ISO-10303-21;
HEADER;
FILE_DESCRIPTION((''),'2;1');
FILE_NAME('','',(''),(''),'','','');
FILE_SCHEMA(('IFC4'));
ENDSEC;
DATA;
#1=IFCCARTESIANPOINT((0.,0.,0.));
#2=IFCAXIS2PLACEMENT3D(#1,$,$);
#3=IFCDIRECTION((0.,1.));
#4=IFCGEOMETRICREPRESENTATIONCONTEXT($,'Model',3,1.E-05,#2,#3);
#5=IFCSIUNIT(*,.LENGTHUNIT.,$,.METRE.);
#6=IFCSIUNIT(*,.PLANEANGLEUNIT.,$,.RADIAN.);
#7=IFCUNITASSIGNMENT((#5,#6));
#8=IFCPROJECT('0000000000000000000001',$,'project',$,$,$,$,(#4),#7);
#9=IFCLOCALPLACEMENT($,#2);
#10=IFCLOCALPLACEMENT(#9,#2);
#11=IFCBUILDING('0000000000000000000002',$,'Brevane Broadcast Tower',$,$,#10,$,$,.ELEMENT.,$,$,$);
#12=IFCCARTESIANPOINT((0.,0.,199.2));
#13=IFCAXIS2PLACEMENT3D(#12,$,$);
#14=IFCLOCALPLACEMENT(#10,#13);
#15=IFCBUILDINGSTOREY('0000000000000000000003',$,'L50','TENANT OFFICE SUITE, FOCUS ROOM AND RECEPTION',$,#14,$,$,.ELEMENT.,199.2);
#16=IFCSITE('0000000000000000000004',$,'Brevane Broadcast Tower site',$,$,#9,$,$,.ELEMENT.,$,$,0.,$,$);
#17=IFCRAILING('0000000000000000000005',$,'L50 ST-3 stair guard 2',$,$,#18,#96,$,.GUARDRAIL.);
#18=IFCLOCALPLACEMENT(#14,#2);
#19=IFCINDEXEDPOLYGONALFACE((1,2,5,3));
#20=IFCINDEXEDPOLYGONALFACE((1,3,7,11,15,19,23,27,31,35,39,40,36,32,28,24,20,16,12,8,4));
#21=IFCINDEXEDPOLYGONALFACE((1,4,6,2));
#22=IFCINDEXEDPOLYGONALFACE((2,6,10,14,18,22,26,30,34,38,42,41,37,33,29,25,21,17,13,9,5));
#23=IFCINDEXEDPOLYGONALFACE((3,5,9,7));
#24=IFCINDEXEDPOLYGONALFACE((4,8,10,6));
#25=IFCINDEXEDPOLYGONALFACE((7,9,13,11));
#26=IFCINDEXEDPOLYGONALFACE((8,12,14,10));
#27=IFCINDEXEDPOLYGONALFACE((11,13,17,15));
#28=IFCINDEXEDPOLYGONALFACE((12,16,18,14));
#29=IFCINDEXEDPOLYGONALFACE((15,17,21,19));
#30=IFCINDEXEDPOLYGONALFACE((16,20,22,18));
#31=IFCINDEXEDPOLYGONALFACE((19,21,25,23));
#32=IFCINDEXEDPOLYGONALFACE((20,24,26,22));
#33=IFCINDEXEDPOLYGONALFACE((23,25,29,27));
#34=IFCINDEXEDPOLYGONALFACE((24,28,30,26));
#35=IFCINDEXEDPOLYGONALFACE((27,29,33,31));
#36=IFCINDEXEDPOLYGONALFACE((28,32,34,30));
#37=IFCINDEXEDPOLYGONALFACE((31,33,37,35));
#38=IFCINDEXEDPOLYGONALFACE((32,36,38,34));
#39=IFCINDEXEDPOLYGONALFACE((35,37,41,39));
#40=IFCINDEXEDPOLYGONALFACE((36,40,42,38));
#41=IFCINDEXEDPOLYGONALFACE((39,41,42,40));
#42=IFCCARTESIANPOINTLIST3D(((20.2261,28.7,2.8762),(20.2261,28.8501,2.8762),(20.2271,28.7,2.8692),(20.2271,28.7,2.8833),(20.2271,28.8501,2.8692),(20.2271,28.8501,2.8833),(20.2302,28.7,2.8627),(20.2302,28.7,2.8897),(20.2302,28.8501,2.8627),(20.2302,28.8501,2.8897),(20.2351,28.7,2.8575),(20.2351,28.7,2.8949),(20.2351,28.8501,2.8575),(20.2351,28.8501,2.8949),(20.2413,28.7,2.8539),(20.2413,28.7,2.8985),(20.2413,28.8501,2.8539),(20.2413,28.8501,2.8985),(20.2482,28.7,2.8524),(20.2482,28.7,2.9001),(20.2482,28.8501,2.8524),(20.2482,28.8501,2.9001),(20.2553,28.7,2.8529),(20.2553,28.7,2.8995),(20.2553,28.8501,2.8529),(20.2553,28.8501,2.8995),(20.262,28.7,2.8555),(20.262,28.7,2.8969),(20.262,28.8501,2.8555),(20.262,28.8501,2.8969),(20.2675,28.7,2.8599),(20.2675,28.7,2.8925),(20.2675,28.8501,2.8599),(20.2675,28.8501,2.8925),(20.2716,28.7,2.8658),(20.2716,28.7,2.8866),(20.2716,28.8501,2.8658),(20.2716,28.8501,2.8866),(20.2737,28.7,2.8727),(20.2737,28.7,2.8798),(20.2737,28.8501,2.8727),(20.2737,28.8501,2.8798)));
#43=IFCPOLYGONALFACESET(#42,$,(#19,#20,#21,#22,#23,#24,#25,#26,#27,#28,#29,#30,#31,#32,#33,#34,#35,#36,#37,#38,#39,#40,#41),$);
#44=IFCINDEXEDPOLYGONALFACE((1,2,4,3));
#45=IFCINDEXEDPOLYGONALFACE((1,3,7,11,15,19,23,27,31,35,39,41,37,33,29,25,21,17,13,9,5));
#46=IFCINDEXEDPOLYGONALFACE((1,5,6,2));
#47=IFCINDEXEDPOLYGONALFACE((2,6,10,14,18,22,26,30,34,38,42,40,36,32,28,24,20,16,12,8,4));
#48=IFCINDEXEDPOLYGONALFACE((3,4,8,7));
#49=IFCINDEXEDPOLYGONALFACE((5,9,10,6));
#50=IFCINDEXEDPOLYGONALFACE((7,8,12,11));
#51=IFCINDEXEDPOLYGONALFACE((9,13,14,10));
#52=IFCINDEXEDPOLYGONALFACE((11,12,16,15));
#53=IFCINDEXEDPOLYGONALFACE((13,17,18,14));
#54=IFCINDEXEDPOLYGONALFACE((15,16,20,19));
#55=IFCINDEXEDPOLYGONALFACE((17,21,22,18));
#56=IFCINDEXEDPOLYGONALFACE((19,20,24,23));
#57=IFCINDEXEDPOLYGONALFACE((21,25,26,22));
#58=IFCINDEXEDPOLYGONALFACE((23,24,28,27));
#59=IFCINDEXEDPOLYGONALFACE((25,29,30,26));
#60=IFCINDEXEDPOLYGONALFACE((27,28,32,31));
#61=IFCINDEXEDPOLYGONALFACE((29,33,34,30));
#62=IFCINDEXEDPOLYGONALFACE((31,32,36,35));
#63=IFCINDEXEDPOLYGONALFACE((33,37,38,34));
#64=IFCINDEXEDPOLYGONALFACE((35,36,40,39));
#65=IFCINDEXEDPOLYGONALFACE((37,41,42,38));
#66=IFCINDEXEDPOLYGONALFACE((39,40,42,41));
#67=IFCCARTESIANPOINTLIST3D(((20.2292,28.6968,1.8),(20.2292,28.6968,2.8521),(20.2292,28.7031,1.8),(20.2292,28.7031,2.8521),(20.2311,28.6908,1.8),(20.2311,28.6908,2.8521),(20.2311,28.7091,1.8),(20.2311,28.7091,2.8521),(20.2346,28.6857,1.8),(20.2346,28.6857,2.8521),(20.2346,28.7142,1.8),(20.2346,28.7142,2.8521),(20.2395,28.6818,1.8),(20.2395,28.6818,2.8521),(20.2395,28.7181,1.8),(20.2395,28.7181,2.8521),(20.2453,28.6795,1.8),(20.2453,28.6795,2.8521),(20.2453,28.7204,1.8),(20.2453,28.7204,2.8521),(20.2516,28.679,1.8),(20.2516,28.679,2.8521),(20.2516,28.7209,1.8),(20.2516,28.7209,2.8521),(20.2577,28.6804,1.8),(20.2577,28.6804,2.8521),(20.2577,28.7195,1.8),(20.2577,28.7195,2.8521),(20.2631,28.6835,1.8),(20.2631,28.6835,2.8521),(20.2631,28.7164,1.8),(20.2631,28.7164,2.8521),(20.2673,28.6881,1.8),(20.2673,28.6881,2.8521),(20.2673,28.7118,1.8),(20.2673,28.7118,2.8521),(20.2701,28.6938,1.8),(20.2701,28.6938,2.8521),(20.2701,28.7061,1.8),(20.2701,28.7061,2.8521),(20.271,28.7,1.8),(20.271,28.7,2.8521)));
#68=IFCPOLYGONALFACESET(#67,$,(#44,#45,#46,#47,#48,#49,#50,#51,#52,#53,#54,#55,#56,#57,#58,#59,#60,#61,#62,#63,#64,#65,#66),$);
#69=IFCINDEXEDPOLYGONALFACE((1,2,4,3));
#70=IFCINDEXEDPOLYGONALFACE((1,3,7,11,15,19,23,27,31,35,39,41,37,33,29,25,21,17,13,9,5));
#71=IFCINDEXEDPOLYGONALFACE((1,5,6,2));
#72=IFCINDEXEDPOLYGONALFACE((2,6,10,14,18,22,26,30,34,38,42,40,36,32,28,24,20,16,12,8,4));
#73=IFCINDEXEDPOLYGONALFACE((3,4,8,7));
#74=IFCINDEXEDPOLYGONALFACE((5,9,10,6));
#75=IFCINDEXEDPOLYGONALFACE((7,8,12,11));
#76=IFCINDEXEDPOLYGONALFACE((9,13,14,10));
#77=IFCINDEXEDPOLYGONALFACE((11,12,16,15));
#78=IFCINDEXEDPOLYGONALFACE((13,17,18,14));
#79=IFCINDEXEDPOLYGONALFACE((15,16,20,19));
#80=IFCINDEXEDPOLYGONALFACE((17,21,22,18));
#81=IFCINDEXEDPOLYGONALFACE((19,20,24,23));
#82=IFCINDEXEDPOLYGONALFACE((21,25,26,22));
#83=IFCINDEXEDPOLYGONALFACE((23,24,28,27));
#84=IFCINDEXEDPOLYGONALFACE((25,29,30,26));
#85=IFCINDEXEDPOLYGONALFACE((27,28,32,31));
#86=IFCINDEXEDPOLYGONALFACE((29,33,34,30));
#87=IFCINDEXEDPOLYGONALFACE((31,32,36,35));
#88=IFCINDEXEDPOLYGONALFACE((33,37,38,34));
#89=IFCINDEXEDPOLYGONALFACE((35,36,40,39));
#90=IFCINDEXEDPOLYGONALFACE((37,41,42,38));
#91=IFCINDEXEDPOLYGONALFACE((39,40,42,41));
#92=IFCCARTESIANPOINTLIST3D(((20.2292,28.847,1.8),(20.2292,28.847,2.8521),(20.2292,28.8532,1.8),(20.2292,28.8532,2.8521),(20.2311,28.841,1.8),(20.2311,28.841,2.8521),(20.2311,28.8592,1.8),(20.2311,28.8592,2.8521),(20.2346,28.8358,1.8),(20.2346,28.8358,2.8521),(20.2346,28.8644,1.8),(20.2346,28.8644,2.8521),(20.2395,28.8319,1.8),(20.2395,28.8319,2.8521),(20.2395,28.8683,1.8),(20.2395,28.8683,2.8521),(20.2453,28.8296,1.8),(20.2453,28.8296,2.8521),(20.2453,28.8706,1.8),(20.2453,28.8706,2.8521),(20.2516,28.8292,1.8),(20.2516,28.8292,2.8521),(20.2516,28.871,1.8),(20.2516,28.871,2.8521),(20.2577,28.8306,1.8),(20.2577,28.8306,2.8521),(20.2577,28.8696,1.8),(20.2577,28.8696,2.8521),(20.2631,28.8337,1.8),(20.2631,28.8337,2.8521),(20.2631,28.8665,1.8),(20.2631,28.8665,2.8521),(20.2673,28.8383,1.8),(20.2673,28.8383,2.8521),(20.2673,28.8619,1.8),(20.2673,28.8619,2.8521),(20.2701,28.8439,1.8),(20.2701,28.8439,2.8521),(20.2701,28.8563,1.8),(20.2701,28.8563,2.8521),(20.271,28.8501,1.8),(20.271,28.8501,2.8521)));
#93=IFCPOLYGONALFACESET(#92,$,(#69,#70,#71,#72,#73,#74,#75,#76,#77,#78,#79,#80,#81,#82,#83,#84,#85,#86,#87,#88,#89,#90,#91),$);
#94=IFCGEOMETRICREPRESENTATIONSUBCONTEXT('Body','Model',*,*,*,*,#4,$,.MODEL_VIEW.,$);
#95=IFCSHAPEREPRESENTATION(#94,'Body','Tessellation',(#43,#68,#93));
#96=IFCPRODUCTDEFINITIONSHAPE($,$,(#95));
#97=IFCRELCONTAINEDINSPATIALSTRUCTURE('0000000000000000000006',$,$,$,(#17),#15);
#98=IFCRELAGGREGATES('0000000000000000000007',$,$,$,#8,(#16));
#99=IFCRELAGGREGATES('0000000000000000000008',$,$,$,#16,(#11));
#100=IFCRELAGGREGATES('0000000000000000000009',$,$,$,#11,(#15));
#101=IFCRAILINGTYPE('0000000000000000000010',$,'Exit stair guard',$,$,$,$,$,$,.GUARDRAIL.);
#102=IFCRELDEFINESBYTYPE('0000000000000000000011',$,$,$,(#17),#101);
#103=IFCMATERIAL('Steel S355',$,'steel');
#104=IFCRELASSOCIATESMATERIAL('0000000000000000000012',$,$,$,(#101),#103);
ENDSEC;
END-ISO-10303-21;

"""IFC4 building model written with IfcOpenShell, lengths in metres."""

from ifc_helpers import new_model, si_unit, direction, frame, origin, origin_2d, place, context, subcontext, project, spatial, circle, extrude, material, type_object, element, save


model = new_model("IFC4")

# Units and contexts
model_context = context("Model", 3, precision=1e-05, world=origin(), true_north=direction((0.0, 1.0)))
body_context = subcontext(model_context, "Body", "Model", "MODEL_VIEW")
ifc_project = project(units=[si_unit("LENGTHUNIT", "METRE"), si_unit("PLANEANGLEUNIT", "RADIAN")], contexts=[model_context])

# Site, building, storey
site_placement = place(None, origin())
site = spatial("IfcSite", under=ifc_project, at=site_placement, Name="Brevane Broadcast Tower site", CompositionType="ELEMENT", RefElevation=0.0)
building_placement = place(site_placement, origin())
building = spatial("IfcBuilding", under=site, at=building_placement, Name="Brevane Broadcast Tower", CompositionType="ELEMENT")
storey_placement = place(building_placement, frame((0.0, 0.0, 199.2)))
storey = spatial("IfcBuildingStorey", under=building, at=storey_placement, Name="L50", Description="TENANT OFFICE SUITE, FOCUS ROOM AND RECEPTION", CompositionType="ELEMENT", Elevation=199.2)

# Railing
ifc_material_1 = material(Name="Steel S355", Category="steel")
railing_type_1 = type_object("IfcRailingType", Name="Exit stair guard", PredefinedType="GUARDRAIL", material=ifc_material_1)
railing_1_placement = place(storey_placement, frame((20.25, 28.7, 1.8)))
element("IfcRailing", 1, at=railing_1_placement, inside=storey, type_object=railing_type_1, Name="L50 ST-3 stair guard 2", PredefinedType="GUARDRAIL", context=body_context, shape_type="SweptSolid", body=[
    extrude(circle(Radius=0.0239, at=origin_2d()), frame((0.0, 0.0, 1.0762), z_axis=(0.0, 1.0, 0.0), x_axis=(-1.0, 0.0, 0.0)), (0.0, 0.0, 1.0), 0.1501),
    extrude(circle(Radius=0.021, at=origin_2d()), origin(), (0.0, 0.0, 1.0), 1.052),
    extrude(circle(Radius=0.021, at=origin_2d()), frame((0.0, 0.1501, 0.0)), (0.0, 0.0, 1.0), 1.052),
])

save(model, "model.ifc")
